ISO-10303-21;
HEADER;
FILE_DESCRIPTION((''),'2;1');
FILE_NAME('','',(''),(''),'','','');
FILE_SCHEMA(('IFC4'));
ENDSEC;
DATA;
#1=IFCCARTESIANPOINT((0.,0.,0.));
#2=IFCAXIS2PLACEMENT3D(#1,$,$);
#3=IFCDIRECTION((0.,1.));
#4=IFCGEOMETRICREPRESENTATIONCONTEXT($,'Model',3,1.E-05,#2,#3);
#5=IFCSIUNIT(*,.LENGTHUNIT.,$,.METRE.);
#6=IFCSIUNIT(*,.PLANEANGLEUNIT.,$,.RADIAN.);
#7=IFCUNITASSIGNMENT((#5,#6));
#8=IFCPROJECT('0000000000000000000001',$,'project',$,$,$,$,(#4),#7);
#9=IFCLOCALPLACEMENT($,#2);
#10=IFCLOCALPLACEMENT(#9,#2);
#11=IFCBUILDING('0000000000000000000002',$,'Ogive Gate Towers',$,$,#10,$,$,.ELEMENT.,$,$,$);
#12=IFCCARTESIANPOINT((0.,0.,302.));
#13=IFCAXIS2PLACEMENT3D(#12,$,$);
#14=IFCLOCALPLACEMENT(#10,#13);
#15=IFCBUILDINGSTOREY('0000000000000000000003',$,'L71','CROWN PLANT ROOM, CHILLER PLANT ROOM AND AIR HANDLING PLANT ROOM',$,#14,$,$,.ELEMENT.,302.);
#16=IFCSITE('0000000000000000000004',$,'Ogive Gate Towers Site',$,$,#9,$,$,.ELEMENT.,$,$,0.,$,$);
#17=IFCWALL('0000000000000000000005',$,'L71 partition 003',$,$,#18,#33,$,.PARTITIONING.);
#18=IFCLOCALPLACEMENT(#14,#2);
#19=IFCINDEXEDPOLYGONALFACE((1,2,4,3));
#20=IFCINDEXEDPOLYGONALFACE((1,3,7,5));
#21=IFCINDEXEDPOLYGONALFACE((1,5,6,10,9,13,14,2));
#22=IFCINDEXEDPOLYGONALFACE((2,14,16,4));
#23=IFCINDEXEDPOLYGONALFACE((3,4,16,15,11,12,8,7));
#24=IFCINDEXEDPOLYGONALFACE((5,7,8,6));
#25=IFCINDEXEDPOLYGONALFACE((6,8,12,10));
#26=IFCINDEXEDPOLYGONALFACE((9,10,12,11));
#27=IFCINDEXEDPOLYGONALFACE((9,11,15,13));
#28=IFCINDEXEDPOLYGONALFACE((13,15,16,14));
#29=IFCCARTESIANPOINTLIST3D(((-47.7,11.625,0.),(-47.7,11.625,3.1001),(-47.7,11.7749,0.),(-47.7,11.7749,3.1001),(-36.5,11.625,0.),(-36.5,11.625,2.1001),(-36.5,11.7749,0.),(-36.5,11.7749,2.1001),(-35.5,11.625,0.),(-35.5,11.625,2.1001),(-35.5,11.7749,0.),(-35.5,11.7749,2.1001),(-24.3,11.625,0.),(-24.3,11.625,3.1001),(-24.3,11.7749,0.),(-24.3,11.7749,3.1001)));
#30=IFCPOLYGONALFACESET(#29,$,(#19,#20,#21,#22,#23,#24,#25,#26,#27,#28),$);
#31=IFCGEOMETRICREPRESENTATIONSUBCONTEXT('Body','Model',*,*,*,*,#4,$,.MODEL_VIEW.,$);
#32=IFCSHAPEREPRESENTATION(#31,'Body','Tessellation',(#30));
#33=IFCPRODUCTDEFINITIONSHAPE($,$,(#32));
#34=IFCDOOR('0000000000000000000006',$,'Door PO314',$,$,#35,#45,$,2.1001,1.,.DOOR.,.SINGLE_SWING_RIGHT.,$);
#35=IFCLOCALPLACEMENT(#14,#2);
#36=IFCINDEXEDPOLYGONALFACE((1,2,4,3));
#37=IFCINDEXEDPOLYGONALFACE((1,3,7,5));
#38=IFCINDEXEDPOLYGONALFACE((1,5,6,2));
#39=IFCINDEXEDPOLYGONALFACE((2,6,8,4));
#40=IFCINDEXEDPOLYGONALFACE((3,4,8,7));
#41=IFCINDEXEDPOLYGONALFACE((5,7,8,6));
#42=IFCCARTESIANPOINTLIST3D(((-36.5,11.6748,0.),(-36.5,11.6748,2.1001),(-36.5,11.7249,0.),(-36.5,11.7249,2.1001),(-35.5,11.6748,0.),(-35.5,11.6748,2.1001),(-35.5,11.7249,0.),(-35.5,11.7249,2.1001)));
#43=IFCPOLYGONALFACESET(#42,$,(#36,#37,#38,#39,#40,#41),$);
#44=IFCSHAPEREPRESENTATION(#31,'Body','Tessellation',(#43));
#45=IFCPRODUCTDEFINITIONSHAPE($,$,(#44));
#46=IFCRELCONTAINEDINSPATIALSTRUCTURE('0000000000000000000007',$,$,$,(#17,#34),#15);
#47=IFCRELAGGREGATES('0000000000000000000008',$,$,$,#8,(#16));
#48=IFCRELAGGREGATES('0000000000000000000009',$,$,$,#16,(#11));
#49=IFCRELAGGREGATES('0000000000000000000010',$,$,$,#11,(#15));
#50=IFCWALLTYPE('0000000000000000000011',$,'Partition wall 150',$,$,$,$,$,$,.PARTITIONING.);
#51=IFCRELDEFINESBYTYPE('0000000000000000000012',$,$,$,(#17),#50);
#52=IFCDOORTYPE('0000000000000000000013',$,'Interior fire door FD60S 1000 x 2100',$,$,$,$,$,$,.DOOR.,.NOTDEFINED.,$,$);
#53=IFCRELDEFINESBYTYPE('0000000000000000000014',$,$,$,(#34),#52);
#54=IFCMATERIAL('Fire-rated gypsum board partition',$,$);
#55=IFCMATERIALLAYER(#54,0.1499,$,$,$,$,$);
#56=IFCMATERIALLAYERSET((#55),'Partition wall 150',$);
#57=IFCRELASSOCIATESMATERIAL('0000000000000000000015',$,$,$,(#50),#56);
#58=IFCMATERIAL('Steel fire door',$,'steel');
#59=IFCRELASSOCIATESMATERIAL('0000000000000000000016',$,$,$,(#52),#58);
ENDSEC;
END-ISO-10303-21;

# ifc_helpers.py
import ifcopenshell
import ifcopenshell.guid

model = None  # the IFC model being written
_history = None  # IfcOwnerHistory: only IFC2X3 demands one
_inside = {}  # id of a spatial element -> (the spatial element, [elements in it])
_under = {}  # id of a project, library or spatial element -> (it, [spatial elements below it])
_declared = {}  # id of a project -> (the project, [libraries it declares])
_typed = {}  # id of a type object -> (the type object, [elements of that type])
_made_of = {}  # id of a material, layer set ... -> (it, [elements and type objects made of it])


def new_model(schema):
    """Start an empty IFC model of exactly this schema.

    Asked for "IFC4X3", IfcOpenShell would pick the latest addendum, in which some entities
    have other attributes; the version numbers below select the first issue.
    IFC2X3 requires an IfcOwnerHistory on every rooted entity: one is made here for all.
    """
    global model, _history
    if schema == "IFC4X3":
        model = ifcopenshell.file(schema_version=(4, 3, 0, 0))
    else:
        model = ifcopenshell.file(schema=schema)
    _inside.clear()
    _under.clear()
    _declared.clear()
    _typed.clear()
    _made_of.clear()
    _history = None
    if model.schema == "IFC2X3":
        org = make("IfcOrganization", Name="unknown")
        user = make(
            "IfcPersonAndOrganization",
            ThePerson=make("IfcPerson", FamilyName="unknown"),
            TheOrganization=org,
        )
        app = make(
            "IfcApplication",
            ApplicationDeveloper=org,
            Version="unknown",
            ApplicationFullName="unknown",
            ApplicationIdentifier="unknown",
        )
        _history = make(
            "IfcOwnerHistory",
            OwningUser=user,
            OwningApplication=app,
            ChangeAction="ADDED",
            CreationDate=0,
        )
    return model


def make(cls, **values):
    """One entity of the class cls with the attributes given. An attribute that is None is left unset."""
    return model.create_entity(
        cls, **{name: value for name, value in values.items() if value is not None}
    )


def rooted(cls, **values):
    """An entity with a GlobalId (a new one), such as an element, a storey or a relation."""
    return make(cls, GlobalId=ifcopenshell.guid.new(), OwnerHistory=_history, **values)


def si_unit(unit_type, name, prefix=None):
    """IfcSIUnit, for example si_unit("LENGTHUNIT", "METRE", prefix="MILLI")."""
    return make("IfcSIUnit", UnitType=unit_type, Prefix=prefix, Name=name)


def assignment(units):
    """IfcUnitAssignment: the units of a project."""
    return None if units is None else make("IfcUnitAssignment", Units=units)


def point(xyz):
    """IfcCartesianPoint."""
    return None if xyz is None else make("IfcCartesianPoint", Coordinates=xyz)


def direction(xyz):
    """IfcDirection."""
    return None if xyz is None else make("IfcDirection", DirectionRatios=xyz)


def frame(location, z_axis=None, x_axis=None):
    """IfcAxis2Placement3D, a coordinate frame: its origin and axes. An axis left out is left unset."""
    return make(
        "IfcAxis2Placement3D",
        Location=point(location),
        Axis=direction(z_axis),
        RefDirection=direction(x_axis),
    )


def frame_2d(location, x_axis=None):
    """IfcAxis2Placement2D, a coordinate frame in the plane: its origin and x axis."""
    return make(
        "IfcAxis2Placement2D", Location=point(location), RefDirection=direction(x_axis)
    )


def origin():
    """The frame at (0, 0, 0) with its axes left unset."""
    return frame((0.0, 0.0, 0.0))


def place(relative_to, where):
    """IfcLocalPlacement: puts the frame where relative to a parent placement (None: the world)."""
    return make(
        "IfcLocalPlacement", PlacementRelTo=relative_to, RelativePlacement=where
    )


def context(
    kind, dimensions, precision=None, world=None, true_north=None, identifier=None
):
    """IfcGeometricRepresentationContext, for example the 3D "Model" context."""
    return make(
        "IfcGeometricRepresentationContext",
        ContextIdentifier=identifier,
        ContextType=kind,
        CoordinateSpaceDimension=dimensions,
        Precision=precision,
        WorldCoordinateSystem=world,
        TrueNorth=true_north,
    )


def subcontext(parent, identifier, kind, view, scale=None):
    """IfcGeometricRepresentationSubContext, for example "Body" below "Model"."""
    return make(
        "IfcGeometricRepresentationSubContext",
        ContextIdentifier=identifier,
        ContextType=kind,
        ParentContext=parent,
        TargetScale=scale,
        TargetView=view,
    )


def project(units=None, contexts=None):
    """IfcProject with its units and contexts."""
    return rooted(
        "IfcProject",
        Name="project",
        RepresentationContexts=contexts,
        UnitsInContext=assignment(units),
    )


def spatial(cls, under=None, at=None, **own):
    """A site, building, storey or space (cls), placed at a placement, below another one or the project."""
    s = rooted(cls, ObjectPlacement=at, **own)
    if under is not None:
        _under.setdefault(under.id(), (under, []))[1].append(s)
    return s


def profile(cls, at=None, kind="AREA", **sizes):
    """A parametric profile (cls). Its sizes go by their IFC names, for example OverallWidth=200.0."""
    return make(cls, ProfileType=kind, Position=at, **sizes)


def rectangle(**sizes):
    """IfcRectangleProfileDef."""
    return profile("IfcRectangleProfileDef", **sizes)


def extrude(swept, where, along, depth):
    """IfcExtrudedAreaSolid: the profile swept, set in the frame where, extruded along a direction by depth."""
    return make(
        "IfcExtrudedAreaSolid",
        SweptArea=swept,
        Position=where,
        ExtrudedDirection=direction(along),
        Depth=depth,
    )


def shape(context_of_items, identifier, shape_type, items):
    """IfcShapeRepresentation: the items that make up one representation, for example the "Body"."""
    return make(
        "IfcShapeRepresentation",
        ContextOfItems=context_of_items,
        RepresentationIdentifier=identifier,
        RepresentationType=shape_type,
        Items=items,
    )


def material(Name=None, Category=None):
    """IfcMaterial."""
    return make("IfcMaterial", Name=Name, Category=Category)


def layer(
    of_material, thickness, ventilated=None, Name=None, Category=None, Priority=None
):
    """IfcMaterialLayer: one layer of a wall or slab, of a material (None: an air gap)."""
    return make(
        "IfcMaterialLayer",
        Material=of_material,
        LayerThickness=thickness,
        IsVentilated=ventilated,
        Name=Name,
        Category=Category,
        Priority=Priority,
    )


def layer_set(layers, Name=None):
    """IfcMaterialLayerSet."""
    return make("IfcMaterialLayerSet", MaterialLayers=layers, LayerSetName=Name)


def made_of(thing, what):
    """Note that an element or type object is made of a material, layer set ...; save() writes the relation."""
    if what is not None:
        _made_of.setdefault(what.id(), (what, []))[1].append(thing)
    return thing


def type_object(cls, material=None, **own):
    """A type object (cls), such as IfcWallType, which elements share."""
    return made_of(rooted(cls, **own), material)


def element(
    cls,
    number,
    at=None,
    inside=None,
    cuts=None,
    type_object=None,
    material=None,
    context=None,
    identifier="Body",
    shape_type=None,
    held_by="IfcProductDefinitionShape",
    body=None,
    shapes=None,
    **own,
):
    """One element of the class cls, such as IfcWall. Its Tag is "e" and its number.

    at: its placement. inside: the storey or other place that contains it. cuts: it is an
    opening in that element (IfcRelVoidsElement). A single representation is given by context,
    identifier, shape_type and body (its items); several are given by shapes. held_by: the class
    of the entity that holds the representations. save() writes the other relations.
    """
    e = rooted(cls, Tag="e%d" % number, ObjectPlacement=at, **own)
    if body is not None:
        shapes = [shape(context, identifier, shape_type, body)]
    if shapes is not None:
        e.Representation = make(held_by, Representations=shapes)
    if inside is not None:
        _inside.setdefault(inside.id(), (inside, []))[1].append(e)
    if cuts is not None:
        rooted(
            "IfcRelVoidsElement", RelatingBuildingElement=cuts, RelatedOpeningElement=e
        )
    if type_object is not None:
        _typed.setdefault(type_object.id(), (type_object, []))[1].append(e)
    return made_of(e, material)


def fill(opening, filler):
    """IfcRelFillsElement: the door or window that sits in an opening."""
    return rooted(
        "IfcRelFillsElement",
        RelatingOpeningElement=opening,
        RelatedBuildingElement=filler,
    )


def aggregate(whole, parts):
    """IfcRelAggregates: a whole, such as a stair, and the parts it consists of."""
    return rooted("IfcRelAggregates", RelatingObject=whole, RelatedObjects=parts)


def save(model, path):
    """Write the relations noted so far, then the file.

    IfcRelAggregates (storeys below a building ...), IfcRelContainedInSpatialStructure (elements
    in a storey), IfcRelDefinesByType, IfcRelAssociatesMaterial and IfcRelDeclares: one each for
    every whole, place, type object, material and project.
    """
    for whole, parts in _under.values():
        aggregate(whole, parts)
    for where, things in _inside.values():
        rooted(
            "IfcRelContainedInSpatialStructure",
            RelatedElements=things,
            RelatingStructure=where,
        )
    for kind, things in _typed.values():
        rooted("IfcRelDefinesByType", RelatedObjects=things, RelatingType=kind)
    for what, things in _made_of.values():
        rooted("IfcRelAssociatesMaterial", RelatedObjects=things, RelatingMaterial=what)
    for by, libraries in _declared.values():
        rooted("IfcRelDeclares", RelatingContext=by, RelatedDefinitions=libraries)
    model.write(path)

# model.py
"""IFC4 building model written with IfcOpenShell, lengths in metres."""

from ifc_helpers import new_model, si_unit, direction, frame, frame_2d, origin, place, context, subcontext, project, spatial, rectangle, extrude, material, layer, layer_set, type_object, element, fill, save


model = new_model("IFC4")

# Units and contexts
model_context = context("Model", 3, precision=1e-05, world=origin(), true_north=direction((0.0, 1.0)))
body_context = subcontext(model_context, "Body", "Model", "MODEL_VIEW")
ifc_project = project(units=[si_unit("LENGTHUNIT", "METRE"), si_unit("PLANEANGLEUNIT", "RADIAN")], contexts=[model_context])

# Site, building, storey
site_placement = place(None, origin())
site = spatial("IfcSite", under=ifc_project, at=site_placement, Name="Ogive Gate Towers Site", CompositionType="ELEMENT", RefElevation=0.0)
building_placement = place(site_placement, origin())
building = spatial("IfcBuilding", under=site, at=building_placement, Name="Ogive Gate Towers", CompositionType="ELEMENT")
storey_placement = place(building_placement, frame((0.0, 0.0, 302.0)))
storey = spatial("IfcBuildingStorey", under=building, at=storey_placement, Name="L71", Description="CROWN PLANT ROOM, CHILLER PLANT ROOM AND AIR HANDLING PLANT ROOM", CompositionType="ELEMENT", Elevation=302.0)

# Shared definitions
ifc_material_1 = material(Name="Fire-rated gypsum board partition")
ifc_layer_1 = layer(ifc_material_1, 0.1499)
ifc_layer_set_1 = layer_set([ifc_layer_1], Name="Partition wall 150")
wall_type = type_object("IfcWallType", Name="Partition wall 150", PredefinedType="PARTITIONING", material=ifc_layer_set_1)

# Wall, opening, door
wall_1_placement = place(storey_placement, frame((-47.7, 11.7, 0.0), z_axis=(0.0, 0.0, 1.0), x_axis=(1.0, 0.0, 0.0)))
wall_1 = element("IfcWall", 1, at=wall_1_placement, inside=storey, type_object=wall_type, Name="L71 partition 003", PredefinedType="PARTITIONING", context=body_context, shape_type="SweptSolid", body=[
    extrude(rectangle(XDim=23.3999, YDim=0.1499, at=frame_2d((11.7, 0.0))), origin(), (0.0, 0.0, 1.0), 3.1001),
])
opening_placement = place(wall_1_placement, frame((11.2, 0.0, 0.0)))
opening = element("IfcOpeningElement", 2, at=opening_placement, cuts=wall_1, PredefinedType="OPENING", context=body_context, shape_type="SweptSolid", body=[
    extrude(rectangle(XDim=1.0, YDim=2.1001, at=frame_2d((0.5, 1.05))), frame((0.0, 0.085, 0.0), z_axis=(0.0, -1.0, 0.0), x_axis=(1.0, 0.0, 0.0)), (0.0, 0.0, 1.0), 0.1699),
])
ifc_material_2 = material(Name="Steel fire door", Category="steel")
door_type = type_object("IfcDoorType", Name="Interior fire door FD60S 1000 x 2100", OperationType="NOTDEFINED", PredefinedType="DOOR", material=ifc_material_2)
door_placement = place(opening_placement, origin())
door = element("IfcDoor", 3, at=door_placement, inside=storey, type_object=door_type, Name="Door PO314", OperationType="SINGLE_SWING_RIGHT", OverallHeight=2.1001, OverallWidth=1.0, PredefinedType="DOOR", context=body_context, shape_type="SweptSolid", body=[
    extrude(rectangle(XDim=1.0, YDim=2.1001, at=frame_2d((0.5, 1.05))), frame((0.0, 0.0249, 0.0), z_axis=(0.0, -1.0, 0.0), x_axis=(1.0, 0.0, 0.0)), (0.0, 0.0, 1.0), 0.05),
])
fill(opening, door)

save(model, "model.ifc")
